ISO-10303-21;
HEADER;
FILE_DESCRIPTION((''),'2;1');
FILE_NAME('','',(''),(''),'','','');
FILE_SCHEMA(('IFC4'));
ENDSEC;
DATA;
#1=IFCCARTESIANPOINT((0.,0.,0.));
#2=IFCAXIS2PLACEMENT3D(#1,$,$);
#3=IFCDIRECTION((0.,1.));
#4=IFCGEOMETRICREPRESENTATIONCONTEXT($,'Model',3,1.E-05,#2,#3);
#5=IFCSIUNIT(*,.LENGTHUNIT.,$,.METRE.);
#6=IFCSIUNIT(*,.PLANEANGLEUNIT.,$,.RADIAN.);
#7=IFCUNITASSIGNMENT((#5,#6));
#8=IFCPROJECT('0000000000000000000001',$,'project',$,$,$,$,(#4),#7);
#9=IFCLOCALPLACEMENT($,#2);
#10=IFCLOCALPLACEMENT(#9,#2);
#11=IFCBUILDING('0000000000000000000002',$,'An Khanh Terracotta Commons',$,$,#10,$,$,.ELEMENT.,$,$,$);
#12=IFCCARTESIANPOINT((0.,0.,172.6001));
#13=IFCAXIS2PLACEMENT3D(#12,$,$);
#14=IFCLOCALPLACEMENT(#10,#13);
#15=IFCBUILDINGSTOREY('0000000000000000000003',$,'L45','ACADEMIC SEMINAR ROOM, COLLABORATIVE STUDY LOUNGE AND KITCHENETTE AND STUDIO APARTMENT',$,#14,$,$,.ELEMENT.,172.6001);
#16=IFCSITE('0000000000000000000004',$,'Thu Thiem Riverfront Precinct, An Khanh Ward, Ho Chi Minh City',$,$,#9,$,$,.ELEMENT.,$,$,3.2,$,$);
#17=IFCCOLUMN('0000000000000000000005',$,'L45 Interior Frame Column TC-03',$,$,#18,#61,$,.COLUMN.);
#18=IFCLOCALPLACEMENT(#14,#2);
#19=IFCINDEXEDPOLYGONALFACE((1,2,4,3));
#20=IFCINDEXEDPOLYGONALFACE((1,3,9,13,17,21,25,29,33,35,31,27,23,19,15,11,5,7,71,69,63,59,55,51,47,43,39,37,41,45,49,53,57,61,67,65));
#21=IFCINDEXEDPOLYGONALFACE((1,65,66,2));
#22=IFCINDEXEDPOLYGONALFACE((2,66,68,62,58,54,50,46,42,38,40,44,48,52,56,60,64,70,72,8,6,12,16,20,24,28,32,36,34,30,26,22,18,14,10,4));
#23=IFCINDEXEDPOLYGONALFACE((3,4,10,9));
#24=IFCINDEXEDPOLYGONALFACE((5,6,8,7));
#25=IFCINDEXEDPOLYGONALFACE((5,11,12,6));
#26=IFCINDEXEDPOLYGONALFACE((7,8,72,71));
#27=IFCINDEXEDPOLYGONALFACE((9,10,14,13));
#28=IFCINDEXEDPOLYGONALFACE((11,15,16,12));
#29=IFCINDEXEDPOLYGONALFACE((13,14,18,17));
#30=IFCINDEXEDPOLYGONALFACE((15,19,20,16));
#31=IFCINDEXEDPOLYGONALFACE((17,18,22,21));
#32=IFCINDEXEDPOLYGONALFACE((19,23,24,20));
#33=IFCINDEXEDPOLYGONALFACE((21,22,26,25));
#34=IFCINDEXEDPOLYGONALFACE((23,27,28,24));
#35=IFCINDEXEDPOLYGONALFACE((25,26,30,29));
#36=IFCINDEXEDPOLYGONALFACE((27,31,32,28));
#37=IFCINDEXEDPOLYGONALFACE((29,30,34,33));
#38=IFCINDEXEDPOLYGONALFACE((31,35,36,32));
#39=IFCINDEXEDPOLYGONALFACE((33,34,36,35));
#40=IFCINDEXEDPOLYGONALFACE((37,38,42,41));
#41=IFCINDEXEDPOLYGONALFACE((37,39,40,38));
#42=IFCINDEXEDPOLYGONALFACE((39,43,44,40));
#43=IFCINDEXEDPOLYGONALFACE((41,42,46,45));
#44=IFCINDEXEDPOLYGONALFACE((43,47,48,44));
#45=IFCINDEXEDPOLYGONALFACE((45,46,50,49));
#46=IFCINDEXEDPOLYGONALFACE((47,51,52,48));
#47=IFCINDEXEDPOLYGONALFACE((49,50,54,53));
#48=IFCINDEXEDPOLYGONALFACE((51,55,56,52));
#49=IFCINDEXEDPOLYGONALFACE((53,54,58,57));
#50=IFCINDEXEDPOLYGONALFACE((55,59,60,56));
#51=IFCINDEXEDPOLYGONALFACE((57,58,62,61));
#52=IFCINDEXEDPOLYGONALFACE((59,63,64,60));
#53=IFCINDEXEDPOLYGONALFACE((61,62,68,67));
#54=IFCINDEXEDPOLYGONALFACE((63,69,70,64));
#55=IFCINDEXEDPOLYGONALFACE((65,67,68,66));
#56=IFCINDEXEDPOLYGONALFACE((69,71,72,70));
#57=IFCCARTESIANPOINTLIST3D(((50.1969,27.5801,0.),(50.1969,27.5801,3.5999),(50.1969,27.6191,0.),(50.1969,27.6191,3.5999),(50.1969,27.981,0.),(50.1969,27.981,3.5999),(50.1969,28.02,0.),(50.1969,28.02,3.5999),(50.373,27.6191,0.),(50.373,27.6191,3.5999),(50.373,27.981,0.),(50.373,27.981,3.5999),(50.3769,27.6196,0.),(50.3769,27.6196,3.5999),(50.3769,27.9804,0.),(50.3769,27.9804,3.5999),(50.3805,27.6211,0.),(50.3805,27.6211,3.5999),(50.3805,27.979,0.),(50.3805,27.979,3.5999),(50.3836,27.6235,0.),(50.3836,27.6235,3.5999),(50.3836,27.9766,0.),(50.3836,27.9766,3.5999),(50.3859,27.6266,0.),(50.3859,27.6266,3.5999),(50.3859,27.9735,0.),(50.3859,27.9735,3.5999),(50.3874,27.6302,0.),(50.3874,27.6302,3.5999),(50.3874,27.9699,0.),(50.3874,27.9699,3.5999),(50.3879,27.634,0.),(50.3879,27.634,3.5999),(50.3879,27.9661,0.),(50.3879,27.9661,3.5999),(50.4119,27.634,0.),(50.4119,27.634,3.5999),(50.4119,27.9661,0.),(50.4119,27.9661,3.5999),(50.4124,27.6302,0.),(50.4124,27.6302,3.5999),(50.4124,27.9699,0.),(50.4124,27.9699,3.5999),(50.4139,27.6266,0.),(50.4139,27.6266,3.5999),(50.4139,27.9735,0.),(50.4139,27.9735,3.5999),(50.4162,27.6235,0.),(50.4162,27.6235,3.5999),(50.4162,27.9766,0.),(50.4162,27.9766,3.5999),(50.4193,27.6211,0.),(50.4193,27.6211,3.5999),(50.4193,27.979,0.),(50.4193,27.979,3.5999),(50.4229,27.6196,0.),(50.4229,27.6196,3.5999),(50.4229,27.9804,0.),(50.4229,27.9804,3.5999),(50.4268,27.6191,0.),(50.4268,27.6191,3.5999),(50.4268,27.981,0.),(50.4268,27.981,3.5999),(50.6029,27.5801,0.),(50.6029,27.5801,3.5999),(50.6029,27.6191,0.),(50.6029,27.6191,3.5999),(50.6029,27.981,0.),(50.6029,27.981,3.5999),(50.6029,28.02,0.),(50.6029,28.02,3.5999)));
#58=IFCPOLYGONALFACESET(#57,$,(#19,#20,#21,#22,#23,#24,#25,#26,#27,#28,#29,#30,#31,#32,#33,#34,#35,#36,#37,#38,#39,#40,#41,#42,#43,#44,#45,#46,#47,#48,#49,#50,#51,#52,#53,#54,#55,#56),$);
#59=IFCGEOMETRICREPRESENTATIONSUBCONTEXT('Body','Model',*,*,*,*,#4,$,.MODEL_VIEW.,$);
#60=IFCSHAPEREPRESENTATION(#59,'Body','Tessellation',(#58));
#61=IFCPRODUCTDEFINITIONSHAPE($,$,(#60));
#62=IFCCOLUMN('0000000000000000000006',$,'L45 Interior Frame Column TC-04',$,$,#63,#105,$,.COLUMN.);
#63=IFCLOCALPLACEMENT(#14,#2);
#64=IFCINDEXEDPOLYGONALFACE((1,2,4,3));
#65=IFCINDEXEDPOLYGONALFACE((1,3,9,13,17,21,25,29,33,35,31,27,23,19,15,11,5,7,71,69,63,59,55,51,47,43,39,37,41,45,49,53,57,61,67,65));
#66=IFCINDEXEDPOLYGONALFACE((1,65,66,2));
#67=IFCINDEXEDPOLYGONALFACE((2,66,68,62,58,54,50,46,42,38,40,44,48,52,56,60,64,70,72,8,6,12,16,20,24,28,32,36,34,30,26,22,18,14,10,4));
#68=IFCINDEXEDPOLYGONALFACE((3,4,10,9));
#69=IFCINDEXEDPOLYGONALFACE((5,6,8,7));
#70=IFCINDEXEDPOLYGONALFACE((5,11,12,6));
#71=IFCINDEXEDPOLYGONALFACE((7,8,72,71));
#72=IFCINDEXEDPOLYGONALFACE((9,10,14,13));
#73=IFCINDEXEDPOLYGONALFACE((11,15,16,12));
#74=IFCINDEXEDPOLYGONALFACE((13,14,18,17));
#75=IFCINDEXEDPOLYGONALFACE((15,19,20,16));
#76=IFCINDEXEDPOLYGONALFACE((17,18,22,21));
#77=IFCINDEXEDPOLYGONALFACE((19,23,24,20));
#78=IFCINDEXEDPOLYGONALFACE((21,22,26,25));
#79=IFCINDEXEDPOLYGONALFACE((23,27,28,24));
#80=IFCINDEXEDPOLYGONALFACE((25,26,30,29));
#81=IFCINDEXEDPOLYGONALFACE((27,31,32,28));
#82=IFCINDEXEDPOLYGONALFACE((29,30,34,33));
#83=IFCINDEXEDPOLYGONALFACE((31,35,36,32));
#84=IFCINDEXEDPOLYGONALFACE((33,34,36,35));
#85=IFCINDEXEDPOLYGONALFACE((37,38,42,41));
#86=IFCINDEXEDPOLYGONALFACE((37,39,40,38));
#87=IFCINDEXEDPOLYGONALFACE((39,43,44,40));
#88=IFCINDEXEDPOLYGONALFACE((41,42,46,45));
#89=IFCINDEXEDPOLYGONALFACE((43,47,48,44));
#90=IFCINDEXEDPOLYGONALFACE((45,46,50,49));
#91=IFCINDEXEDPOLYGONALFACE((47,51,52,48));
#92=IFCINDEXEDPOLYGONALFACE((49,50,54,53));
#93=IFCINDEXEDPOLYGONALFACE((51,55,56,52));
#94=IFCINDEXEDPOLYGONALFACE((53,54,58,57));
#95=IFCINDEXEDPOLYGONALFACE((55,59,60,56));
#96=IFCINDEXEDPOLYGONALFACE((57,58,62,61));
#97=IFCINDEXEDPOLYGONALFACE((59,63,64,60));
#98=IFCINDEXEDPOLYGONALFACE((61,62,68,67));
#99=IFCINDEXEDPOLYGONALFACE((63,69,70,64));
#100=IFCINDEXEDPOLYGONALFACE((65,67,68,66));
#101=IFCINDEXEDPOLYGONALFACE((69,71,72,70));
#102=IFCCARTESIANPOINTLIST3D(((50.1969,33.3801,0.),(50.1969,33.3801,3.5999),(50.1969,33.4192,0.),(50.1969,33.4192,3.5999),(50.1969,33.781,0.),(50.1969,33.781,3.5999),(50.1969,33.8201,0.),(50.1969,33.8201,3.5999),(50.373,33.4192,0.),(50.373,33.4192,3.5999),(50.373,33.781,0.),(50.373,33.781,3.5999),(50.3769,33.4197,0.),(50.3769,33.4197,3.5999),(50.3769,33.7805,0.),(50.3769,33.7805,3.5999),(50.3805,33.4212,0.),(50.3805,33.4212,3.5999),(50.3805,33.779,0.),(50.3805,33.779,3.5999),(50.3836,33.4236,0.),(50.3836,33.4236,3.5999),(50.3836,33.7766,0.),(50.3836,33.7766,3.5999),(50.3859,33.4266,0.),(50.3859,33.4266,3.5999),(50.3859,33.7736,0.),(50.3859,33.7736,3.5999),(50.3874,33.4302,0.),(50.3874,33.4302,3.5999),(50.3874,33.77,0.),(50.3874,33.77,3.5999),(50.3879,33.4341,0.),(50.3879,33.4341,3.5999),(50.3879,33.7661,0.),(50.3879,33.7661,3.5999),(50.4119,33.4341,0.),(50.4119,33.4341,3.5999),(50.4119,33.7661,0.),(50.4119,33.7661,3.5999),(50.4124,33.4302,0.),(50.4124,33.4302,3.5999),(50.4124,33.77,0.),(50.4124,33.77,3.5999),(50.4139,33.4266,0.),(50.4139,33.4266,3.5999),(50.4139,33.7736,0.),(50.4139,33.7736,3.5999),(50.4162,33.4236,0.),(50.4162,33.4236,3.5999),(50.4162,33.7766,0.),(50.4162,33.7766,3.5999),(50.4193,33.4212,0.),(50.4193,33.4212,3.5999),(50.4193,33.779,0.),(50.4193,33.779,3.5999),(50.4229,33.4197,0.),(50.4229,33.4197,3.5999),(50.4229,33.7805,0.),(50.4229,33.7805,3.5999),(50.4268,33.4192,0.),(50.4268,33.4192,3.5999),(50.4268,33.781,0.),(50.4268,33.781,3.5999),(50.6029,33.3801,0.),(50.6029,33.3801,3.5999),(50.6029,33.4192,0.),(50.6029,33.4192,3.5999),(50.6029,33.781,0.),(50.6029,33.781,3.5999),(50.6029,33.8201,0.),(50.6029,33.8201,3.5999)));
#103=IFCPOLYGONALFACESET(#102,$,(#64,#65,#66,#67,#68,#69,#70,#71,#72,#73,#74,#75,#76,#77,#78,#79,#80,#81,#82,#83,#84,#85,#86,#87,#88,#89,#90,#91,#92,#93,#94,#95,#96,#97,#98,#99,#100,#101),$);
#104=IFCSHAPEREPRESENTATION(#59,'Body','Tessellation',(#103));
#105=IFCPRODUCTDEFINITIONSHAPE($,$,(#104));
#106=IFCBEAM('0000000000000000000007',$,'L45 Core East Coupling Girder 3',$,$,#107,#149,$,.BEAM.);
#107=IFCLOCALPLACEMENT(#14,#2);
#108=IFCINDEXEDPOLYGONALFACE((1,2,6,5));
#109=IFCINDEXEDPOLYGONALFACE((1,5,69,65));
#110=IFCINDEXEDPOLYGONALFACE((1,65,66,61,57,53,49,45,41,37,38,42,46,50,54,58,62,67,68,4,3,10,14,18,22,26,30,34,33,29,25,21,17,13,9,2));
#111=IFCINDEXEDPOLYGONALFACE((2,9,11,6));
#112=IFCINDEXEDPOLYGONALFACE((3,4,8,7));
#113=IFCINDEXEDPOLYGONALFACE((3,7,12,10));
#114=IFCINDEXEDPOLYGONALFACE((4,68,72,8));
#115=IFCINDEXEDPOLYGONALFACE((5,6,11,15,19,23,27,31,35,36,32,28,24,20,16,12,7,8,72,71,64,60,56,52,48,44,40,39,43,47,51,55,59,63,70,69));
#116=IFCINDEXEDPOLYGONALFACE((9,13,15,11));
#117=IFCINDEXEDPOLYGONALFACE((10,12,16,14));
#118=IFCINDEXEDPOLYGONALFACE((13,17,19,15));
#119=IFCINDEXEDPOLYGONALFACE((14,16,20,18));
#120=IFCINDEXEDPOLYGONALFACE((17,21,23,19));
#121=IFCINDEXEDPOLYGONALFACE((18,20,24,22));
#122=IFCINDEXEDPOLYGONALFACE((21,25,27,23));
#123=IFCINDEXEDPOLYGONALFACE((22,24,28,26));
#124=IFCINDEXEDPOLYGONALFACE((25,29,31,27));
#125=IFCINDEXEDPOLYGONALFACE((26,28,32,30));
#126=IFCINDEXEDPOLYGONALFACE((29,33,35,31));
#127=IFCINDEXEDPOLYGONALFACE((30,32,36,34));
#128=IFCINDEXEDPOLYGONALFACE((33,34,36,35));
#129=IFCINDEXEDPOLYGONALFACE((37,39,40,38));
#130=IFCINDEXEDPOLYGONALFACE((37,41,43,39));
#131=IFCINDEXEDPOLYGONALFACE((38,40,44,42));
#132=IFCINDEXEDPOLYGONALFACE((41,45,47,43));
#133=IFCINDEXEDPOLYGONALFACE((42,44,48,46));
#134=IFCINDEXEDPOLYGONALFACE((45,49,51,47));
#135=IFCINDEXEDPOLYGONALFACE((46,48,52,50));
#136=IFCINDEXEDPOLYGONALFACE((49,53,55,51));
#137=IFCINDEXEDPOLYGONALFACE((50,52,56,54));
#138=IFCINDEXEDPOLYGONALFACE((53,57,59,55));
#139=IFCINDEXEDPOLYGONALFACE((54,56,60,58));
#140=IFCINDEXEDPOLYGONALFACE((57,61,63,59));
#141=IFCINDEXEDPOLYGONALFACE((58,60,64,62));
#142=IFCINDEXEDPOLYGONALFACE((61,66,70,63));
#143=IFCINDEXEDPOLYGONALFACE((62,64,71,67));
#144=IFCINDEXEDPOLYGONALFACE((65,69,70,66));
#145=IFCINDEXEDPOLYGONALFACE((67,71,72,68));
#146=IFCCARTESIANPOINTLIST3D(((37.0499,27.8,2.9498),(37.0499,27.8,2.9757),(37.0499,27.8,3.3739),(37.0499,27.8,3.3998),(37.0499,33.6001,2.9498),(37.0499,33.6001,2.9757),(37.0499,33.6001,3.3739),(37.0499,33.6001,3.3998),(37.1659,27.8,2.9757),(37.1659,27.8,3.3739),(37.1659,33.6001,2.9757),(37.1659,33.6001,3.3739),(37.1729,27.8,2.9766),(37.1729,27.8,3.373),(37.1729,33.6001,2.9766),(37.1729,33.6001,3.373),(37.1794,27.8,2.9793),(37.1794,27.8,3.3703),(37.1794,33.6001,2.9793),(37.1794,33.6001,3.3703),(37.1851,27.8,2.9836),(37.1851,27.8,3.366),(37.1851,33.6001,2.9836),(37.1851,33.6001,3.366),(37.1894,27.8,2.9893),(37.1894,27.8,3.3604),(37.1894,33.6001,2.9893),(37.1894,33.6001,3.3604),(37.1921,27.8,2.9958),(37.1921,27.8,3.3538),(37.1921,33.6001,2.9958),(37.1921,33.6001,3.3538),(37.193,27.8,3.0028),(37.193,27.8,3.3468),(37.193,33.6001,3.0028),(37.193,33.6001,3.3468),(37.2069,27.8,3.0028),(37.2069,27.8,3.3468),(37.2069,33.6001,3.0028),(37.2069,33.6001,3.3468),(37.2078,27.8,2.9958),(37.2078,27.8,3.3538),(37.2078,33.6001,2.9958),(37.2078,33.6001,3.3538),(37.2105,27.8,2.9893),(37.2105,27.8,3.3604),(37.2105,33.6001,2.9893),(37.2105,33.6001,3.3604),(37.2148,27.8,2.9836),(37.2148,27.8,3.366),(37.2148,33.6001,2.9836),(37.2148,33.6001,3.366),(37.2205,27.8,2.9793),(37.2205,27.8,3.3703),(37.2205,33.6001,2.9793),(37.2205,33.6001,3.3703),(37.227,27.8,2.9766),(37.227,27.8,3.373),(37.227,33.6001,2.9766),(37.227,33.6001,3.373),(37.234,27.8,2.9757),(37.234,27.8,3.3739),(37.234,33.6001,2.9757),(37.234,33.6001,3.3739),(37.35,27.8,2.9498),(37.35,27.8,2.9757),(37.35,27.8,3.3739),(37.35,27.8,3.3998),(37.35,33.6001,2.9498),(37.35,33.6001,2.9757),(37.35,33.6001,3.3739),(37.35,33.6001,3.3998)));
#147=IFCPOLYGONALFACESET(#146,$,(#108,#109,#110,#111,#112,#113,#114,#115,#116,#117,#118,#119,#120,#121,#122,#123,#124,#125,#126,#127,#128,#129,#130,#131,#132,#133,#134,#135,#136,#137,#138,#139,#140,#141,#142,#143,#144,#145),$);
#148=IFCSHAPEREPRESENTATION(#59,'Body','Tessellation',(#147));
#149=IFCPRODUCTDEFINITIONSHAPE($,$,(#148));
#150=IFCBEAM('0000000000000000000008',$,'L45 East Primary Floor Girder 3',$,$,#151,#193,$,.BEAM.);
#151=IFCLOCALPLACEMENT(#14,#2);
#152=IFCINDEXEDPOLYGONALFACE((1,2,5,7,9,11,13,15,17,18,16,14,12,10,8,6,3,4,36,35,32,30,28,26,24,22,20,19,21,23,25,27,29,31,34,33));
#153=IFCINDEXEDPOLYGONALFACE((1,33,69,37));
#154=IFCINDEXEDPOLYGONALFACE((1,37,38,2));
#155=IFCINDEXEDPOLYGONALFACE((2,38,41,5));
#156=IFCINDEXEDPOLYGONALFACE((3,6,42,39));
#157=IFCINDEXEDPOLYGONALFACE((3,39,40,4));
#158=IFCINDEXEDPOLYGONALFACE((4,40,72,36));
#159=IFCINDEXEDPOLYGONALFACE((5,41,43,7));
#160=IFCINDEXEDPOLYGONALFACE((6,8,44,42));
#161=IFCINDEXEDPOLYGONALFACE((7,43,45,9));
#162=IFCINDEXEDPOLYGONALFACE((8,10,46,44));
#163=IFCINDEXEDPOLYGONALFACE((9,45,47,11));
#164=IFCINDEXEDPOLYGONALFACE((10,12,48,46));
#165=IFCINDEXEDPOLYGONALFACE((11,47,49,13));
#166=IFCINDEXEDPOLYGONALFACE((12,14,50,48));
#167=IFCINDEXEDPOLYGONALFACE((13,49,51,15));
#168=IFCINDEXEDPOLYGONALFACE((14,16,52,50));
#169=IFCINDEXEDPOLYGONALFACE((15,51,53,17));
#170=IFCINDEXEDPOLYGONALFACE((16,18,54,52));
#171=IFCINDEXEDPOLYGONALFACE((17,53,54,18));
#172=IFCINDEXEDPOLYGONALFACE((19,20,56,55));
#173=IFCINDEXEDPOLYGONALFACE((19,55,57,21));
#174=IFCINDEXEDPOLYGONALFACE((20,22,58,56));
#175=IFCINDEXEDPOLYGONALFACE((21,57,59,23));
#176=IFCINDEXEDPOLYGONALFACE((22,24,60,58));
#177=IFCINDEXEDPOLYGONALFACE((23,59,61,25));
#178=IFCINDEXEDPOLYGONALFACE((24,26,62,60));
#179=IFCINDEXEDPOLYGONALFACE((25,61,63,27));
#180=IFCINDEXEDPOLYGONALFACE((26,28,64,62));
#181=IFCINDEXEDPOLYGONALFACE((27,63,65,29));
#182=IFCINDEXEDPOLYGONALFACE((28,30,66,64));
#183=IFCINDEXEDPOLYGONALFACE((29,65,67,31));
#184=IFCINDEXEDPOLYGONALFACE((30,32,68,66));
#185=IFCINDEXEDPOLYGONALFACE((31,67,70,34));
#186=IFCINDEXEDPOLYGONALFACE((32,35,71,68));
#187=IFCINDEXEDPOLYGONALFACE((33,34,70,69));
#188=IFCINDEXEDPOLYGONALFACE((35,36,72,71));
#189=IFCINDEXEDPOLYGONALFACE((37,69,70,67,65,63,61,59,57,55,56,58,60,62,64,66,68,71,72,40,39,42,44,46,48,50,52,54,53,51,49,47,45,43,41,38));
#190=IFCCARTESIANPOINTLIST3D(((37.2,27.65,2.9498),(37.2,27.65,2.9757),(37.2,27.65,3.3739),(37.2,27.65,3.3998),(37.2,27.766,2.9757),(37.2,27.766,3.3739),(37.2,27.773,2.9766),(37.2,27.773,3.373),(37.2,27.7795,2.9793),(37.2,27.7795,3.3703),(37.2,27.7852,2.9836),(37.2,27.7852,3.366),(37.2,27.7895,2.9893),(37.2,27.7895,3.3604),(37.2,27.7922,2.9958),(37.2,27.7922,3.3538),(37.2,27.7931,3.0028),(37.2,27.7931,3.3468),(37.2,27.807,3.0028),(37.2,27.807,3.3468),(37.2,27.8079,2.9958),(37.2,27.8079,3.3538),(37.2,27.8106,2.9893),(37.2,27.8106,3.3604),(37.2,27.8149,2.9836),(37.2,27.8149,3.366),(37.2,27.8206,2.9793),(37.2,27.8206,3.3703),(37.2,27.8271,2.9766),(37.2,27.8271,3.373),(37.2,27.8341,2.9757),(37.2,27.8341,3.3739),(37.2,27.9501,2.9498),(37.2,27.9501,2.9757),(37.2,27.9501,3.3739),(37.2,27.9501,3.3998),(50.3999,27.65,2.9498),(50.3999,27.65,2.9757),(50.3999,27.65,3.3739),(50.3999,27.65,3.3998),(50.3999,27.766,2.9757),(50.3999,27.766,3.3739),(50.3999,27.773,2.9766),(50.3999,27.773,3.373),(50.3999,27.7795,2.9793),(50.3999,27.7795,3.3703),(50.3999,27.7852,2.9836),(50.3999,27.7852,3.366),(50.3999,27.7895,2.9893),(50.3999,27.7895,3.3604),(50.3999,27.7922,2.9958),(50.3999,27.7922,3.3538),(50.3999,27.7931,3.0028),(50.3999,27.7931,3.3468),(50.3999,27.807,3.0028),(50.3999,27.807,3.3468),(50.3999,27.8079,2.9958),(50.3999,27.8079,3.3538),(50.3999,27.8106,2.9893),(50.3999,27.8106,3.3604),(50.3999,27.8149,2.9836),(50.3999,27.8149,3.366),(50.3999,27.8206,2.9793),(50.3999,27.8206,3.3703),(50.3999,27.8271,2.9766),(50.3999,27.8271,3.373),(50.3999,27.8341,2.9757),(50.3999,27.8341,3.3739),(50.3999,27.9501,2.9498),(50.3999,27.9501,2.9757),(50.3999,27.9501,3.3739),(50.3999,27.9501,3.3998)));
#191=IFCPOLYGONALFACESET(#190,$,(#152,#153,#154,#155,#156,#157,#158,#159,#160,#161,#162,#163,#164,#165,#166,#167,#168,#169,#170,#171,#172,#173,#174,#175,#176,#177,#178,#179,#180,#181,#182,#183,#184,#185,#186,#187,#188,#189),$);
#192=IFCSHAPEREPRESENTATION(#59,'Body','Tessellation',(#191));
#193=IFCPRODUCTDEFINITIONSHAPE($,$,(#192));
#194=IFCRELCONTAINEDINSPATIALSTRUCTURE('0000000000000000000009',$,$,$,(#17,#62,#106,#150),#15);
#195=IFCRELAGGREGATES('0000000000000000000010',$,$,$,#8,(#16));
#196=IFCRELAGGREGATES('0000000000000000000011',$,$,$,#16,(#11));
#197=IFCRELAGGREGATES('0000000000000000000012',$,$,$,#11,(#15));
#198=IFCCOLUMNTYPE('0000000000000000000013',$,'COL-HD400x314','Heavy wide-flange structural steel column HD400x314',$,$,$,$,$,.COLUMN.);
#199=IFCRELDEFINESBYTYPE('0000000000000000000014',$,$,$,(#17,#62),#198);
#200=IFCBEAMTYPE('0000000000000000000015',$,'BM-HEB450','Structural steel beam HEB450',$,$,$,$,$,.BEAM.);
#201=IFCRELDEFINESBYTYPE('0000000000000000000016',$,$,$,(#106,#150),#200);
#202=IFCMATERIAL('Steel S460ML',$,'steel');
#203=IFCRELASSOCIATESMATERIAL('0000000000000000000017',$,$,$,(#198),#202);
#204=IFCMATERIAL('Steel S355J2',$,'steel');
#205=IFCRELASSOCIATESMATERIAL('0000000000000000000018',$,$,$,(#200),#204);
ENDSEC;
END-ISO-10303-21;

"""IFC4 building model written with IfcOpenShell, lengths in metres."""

from ifc_helpers import new_model, si_unit, direction, frame, origin, origin_2d, place, context, subcontext, project, spatial, i_section, extrude, material, material_profile, profile_set, type_object, element, save


model = new_model("IFC4")

# Units and contexts
model_context = context("Model", 3, precision=1e-05, world=origin(), true_north=direction((0.0, 1.0)))
body_context = subcontext(model_context, "Body", "Model", "MODEL_VIEW")
ifc_project = project(units=[si_unit("LENGTHUNIT", "METRE"), si_unit("PLANEANGLEUNIT", "RADIAN")], contexts=[model_context])

# Site, building, storey
site_placement = place(None, origin())
site = spatial("IfcSite", under=ifc_project, at=site_placement, Name="Thu Thiem Riverfront Precinct, An Khanh Ward, Ho Chi Minh City", CompositionType="ELEMENT", RefElevation=3.2)
building_placement = place(site_placement, origin())
building = spatial("IfcBuilding", under=site, at=building_placement, Name="An Khanh Terracotta Commons", CompositionType="ELEMENT")
storey_placement = place(building_placement, frame((0.0, 0.0, 172.6001)))
storey = spatial("IfcBuildingStorey", under=building, at=storey_placement, Name="L45", Description="ACADEMIC SEMINAR ROOM, COLLABORATIVE STUDY LOUNGE AND KITCHENETTE AND STUDIO APARTMENT", CompositionType="ELEMENT", Elevation=172.6001)

# Columns
ifc_material_1 = material(Name="Steel S460ML", Category="steel")
ifc_material_profile_1 = material_profile(ifc_material_1, i_section(OverallWidth=0.406, OverallDepth=0.4399, WebThickness=0.0239, FlangeThickness=0.0391, FilletRadius=0.0149, at=origin_2d()), Name="HD400x314")
ifc_profile_set_1 = profile_set([ifc_material_profile_1], Name="Steel S460ML")
column_type = type_object("IfcColumnType", Name="COL-HD400x314", Description="Heavy wide-flange structural steel column HD400x314", PredefinedType="COLUMN", material=ifc_profile_set_1)
for number, where, z_axis, x_axis, name in (
    (1, (50.3999, 27.8, 0.0), (0.0, 0.0, 1.0), (1.0, 0.0, 0.0), "L45 Interior Frame Column TC-03"),
    (2, (50.3999, 33.6001, 0.0), (0.0, 0.0, 1.0), (1.0, 0.0, 0.0), "L45 Interior Frame Column TC-04"),
):
    element("IfcColumn", number, at=place(storey_placement, frame(where, z_axis=z_axis, x_axis=x_axis)), inside=storey, type_object=column_type, Name=name, PredefinedType="COLUMN", context=body_context, shape_type="SweptSolid", body=[
        extrude(i_section(OverallWidth=0.406, OverallDepth=0.4399, WebThickness=0.0239, FlangeThickness=0.0391, FilletRadius=0.0149, at=origin_2d()), origin(), (0.0, 0.0, 1.0), 3.5999),
    ])

# Beams
ifc_material_2 = material(Name="Steel S355J2", Category="steel")
ifc_material_profile_2 = material_profile(ifc_material_2, i_section(OverallWidth=0.3, OverallDepth=0.45, WebThickness=0.0139, FlangeThickness=0.0259, FilletRadius=0.0271, at=origin_2d()), Name="HEB450")
ifc_profile_set_2 = profile_set([ifc_material_profile_2], Name="Steel S355J2")
beam_type_1 = type_object("IfcBeamType", Name="BM-HEB450", Description="Structural steel beam HEB450", PredefinedType="BEAM", material=ifc_profile_set_2)
beam_1_placement = place(storey_placement, frame((37.2, 27.8, 3.1748), z_axis=(0.0, 1.0, 0.0), x_axis=(-1.0, 0.0, 0.0)))
element("IfcBeam", 3, at=beam_1_placement, inside=storey, type_object=beam_type_1, Name="L45 Core East Coupling Girder 3", PredefinedType="BEAM", context=body_context, shape_type="SweptSolid", body=[
    extrude(i_section(OverallWidth=0.3, OverallDepth=0.45, WebThickness=0.0139, FlangeThickness=0.0259, FilletRadius=0.0271, at=origin_2d()), origin(), (0.0, 0.0, 1.0), 5.8),
])
for number, where, z_axis, x_axis, name in (
    (4, (37.2, 27.8, 3.1748), (1.0, 0.0, 0.0), (0.0, 1.0, 0.0), "L45 East Primary Floor Girder 3"),
):
    element("IfcBeam", number, at=place(storey_placement, frame(where, z_axis=z_axis, x_axis=x_axis)), inside=storey, type_object=beam_type_1, Name=name, PredefinedType="BEAM", context=body_context, shape_type="SweptSolid", body=[
        extrude(i_section(OverallWidth=0.3, OverallDepth=0.45, WebThickness=0.0139, FlangeThickness=0.0259, FilletRadius=0.0271, at=origin_2d()), origin(), (0.0, 0.0, 1.0), 13.2),
    ])

save(model, "model.ifc")
